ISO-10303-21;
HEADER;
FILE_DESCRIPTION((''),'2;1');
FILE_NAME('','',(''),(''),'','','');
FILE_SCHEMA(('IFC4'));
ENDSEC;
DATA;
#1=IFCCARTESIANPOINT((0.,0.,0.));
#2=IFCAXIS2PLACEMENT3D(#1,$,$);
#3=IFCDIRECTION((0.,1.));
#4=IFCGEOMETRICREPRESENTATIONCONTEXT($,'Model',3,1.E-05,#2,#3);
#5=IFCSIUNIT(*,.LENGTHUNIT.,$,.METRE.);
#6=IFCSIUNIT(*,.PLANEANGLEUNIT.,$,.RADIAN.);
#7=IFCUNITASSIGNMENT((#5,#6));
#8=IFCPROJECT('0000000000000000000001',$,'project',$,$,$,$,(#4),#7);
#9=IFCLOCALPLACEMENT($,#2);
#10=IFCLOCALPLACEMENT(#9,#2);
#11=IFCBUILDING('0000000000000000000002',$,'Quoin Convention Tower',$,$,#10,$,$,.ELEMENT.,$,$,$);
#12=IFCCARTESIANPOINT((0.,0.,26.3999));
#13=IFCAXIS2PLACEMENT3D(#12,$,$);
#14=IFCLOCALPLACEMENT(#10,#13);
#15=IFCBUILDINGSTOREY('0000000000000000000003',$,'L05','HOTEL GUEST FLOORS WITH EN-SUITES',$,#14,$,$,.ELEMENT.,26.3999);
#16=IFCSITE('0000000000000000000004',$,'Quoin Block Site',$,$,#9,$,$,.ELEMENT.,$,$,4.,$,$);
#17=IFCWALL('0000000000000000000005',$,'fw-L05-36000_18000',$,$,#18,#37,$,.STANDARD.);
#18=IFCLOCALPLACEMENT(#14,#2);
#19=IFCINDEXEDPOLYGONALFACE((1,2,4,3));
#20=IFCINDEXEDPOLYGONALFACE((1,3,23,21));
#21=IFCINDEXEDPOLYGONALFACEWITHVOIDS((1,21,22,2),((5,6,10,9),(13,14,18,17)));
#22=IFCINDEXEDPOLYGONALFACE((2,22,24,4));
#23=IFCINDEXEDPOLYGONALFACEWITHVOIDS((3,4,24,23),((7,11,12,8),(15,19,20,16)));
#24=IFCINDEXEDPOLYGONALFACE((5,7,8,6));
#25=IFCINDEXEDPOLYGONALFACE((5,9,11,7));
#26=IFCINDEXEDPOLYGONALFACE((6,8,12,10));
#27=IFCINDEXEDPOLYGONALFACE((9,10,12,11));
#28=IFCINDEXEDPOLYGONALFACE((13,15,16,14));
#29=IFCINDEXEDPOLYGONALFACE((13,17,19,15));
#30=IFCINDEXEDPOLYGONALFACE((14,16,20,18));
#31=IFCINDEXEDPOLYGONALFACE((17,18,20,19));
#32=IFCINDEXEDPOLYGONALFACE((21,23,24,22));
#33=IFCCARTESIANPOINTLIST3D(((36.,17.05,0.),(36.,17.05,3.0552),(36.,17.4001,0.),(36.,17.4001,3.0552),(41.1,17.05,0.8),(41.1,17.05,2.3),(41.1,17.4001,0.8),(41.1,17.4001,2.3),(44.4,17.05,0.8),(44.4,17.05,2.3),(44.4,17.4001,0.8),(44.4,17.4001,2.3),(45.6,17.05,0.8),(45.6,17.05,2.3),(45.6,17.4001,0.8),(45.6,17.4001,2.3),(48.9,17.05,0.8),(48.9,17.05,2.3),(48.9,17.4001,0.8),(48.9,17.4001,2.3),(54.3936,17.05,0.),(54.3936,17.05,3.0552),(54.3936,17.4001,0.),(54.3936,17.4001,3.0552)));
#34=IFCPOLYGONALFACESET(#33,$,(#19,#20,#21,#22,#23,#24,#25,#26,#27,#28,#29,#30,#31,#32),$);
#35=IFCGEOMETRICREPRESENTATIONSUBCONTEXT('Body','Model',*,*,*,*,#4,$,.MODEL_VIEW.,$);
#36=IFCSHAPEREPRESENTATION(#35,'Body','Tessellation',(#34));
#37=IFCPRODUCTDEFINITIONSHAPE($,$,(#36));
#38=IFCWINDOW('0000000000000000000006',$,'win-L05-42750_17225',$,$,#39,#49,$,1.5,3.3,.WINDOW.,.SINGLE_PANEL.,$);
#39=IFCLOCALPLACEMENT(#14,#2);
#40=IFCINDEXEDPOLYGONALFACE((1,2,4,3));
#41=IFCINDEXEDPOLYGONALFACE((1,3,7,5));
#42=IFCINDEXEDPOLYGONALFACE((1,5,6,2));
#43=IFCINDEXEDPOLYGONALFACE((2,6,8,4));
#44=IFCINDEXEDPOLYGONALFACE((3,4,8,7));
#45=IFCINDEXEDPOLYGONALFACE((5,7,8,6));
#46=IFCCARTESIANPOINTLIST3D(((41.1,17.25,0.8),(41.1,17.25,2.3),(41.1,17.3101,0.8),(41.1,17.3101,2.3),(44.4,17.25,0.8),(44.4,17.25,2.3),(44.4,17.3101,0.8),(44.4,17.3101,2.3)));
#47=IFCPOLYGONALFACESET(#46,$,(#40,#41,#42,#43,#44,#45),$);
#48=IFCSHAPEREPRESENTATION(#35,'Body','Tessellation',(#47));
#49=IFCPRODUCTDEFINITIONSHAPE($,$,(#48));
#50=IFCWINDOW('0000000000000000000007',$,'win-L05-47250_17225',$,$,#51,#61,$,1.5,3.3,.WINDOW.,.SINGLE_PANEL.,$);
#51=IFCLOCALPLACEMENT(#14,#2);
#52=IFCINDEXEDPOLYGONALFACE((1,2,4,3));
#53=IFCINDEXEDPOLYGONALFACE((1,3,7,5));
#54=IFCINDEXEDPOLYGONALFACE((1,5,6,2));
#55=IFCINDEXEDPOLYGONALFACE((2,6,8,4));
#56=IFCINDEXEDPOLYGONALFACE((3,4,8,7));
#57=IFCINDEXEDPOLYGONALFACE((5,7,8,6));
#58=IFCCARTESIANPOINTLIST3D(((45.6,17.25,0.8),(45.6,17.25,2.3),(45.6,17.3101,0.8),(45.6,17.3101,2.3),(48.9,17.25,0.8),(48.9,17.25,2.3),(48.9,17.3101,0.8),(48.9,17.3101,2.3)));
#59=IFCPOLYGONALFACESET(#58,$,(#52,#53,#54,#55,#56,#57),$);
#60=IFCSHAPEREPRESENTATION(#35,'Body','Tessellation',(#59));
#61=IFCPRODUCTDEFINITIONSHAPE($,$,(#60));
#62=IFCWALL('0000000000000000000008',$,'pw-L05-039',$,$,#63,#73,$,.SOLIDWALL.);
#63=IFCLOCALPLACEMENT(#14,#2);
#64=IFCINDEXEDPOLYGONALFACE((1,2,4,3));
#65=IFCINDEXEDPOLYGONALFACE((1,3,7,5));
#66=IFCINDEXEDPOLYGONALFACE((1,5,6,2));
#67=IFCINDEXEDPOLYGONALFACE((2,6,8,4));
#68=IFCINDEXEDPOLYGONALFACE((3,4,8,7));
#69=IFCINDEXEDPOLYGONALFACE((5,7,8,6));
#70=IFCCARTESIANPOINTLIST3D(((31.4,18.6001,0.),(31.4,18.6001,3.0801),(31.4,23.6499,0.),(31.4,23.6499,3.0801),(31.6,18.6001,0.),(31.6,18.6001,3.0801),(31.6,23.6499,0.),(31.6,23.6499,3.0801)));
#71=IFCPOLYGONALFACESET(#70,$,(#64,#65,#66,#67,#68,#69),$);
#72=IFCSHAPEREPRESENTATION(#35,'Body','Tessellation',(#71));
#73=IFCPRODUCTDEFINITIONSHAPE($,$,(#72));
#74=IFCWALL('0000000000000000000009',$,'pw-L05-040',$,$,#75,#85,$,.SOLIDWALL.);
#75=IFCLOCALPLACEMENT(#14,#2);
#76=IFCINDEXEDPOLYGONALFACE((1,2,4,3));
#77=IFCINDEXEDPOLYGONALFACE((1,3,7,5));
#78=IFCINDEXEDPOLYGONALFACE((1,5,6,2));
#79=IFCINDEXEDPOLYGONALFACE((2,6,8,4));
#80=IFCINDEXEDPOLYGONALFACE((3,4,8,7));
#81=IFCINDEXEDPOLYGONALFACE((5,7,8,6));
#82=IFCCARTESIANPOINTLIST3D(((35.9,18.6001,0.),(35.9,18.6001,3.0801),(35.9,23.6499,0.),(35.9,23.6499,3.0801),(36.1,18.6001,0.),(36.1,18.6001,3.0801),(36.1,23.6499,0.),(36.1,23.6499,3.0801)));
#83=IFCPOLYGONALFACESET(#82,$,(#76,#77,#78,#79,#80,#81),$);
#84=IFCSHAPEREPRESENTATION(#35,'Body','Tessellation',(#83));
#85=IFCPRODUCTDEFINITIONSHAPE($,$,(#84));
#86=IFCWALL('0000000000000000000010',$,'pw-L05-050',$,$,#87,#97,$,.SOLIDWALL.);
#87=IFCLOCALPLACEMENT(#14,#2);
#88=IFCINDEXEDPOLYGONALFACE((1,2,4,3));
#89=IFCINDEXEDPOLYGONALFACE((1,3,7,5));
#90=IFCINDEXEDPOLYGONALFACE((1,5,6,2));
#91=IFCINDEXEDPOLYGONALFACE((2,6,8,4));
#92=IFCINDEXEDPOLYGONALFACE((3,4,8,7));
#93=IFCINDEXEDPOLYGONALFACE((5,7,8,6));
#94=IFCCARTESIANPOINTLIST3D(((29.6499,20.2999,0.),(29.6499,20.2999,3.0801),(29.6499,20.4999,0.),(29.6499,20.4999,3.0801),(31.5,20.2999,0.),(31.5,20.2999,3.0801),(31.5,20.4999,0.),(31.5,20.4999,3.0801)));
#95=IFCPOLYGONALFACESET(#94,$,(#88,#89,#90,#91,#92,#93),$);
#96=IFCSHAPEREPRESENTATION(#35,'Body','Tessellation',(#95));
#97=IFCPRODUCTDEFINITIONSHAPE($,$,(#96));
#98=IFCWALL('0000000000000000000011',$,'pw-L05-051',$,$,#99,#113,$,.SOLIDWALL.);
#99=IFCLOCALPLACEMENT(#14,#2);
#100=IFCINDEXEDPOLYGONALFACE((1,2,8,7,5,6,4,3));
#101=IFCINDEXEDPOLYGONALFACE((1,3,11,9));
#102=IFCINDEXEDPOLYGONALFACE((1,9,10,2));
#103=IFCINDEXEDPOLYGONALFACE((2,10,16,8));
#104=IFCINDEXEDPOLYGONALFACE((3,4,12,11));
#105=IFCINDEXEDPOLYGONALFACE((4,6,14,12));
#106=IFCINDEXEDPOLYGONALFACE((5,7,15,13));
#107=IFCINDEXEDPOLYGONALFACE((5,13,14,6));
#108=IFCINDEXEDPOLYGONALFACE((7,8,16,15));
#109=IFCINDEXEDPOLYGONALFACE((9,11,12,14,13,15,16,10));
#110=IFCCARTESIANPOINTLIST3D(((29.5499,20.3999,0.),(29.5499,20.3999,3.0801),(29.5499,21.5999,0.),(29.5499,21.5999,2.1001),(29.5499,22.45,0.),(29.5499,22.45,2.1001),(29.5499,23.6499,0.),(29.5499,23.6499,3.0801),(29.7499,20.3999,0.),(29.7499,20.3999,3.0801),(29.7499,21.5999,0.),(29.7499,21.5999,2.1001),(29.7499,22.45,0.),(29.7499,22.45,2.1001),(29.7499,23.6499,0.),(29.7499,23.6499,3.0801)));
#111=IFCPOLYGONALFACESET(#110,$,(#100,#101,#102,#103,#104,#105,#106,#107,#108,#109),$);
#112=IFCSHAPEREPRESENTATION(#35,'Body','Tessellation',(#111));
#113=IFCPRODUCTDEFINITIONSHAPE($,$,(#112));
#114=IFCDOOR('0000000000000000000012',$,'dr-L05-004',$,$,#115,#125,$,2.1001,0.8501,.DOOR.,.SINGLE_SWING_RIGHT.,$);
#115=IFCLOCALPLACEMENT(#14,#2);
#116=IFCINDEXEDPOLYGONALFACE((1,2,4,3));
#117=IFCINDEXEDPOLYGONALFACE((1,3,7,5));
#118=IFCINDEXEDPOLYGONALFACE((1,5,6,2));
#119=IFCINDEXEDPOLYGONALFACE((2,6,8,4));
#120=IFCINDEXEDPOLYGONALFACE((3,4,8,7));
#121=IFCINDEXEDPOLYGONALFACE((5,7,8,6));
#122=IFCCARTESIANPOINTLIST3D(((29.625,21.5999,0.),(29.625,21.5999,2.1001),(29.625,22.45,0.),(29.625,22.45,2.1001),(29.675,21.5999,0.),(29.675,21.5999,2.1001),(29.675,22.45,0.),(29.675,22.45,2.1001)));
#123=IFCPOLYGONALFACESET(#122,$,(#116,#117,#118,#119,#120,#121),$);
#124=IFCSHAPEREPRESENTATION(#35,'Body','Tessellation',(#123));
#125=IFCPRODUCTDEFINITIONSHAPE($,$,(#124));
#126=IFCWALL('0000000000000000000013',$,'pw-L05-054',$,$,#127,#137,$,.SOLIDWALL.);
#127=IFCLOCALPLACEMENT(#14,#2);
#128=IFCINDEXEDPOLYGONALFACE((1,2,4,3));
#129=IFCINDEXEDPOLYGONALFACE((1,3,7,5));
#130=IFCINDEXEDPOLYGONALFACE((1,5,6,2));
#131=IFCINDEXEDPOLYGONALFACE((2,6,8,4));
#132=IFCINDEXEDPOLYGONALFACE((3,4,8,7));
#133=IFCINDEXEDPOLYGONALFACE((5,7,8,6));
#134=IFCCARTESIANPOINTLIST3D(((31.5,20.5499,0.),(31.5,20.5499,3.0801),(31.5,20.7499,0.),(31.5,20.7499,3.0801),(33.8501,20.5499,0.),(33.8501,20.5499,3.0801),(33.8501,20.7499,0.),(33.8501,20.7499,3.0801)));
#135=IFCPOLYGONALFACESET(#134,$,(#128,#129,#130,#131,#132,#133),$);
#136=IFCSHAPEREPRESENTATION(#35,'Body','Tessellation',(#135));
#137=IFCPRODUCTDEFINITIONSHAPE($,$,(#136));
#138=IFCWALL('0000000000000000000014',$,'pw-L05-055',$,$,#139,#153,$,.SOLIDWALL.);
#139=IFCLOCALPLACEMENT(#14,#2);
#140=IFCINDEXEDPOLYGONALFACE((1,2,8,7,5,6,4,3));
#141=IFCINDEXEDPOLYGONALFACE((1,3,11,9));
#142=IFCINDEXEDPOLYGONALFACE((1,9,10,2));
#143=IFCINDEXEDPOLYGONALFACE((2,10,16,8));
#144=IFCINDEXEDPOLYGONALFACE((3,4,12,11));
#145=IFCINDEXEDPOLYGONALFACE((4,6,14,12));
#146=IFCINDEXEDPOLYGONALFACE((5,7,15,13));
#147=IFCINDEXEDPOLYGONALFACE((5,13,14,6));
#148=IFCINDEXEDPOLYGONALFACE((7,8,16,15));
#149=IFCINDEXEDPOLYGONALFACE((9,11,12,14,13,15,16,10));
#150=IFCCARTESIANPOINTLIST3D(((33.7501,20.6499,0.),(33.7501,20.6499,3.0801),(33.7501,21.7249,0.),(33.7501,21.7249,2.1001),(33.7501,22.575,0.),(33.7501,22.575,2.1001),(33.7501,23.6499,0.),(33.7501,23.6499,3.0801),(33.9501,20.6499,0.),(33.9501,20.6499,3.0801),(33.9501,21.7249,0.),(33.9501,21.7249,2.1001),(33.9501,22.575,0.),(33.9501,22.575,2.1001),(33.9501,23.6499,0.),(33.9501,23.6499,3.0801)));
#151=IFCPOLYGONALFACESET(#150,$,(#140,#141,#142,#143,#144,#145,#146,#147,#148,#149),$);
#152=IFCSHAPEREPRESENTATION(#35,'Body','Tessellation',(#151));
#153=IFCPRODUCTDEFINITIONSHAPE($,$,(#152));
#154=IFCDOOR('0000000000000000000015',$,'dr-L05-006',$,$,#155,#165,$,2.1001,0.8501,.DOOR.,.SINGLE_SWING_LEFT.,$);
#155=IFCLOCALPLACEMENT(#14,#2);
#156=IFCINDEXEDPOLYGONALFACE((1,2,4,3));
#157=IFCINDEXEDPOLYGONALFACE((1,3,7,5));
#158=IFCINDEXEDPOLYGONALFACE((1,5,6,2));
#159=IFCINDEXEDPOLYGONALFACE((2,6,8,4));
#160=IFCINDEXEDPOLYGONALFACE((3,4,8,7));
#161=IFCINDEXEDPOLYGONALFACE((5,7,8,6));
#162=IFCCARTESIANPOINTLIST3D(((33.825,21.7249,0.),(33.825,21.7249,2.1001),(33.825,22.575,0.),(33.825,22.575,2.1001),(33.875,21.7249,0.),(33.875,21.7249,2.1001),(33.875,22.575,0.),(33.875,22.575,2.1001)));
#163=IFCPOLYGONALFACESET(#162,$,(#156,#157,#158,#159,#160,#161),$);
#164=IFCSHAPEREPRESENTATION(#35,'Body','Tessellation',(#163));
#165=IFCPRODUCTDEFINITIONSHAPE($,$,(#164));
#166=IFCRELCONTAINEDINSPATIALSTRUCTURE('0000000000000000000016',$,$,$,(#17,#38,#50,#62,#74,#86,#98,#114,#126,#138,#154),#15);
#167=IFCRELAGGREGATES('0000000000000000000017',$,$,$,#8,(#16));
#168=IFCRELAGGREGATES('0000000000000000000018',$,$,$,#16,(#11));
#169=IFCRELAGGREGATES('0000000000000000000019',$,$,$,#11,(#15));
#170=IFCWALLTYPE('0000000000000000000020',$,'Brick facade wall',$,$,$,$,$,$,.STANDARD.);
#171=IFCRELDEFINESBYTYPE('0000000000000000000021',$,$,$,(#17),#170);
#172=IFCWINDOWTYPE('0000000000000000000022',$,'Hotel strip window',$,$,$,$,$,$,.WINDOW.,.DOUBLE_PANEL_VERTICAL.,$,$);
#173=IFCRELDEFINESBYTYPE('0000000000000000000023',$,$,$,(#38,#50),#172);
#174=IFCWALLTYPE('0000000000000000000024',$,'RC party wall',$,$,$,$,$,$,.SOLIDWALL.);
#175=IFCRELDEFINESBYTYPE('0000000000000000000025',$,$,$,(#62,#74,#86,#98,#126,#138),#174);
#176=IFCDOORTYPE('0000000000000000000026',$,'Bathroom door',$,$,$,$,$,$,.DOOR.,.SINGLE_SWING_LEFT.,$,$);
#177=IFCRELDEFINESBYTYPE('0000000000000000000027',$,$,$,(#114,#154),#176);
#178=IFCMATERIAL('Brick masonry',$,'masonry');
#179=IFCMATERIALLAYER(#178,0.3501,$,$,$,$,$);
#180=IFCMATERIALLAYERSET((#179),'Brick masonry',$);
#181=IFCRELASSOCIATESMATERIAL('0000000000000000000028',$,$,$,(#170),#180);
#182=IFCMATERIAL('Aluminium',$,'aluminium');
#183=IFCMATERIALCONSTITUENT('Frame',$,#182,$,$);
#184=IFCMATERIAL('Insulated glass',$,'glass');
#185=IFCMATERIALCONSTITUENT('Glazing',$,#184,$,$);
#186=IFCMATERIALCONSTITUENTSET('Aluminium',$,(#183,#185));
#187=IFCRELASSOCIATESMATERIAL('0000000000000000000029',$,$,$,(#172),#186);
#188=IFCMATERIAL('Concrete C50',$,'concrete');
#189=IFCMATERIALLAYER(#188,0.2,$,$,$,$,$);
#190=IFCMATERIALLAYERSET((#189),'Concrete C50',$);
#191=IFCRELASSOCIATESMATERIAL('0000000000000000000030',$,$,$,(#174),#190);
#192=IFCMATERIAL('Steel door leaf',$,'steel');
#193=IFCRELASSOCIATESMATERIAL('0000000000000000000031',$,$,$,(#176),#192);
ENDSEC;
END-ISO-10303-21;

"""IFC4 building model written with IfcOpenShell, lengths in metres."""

from ifc_helpers import new_model, si_unit, direction, frame, frame_2d, origin, place, context, subcontext, project, spatial, rectangle, extrude, material, layer, layer_set, constituent, constituent_set, type_object, element, fill, save


model = new_model("IFC4")

# Units and contexts
model_context = context("Model", 3, precision=1e-05, world=origin(), true_north=direction((0.0, 1.0)))
body_context = subcontext(model_context, "Body", "Model", "MODEL_VIEW")
ifc_project = project(units=[si_unit("LENGTHUNIT", "METRE"), si_unit("PLANEANGLEUNIT", "RADIAN")], contexts=[model_context])

# Site, building, storey
site_placement = place(None, origin())
site = spatial("IfcSite", under=ifc_project, at=site_placement, Name="Quoin Block Site", CompositionType="ELEMENT", RefElevation=4.0)
building_placement = place(site_placement, origin())
building = spatial("IfcBuilding", under=site, at=building_placement, Name="Quoin Convention Tower", CompositionType="ELEMENT")
storey_placement = place(building_placement, frame((0.0, 0.0, 26.3999)))
storey = spatial("IfcBuildingStorey", under=building, at=storey_placement, Name="L05", Description="HOTEL GUEST FLOORS WITH EN-SUITES", CompositionType="ELEMENT", Elevation=26.3999)

# Wall, openings, windows
ifc_material_1 = material(Name="Brick masonry", Category="masonry")
ifc_layer_1 = layer(ifc_material_1, 0.3501)
ifc_layer_set_1 = layer_set([ifc_layer_1], Name="Brick masonry")
wall_type_1 = type_object("IfcWallType", Name="Brick facade wall", PredefinedType="STANDARD", material=ifc_layer_set_1)
wall_1_placement = place(storey_placement, frame((36.0, 17.2251, 0.0), z_axis=(0.0, 0.0, 1.0), x_axis=(1.0, 0.0, 0.0)))
wall_1 = element("IfcWall", 1, at=wall_1_placement, inside=storey, type_object=wall_type_1, Name="fw-L05-36000_18000", PredefinedType="STANDARD", context=body_context, shape_type="SweptSolid", body=[
    extrude(rectangle(XDim=18.3936, YDim=0.3501, at=frame_2d((9.1968, 0.0))), origin(), (0.0, 0.0, 1.0), 3.0552),
])
opening_1_placement = place(wall_1_placement, frame((5.1001, 0.0, 0.8)))
opening_1 = element("IfcOpeningElement", 2, at=opening_1_placement, cuts=wall_1, PredefinedType="OPENING", context=body_context, shape_type="SweptSolid", body=[
    extrude(rectangle(XDim=3.3, YDim=1.5, at=frame_2d((1.6499, 0.75))), frame((0.0, 0.1851, 0.0), z_axis=(0.0, -1.0, 0.0), x_axis=(1.0, 0.0, 0.0)), (0.0, 0.0, 1.0), 0.3701),
])
opening_2_placement = place(wall_1_placement, frame((9.6001, 0.0, 0.8)))
opening_2 = element("IfcOpeningElement", 3, at=opening_2_placement, cuts=wall_1, PredefinedType="OPENING", context=body_context, shape_type="SweptSolid", body=[
    extrude(rectangle(XDim=3.3, YDim=1.5, at=frame_2d((1.6499, 0.75))), frame((0.0, 0.1851, 0.0), z_axis=(0.0, -1.0, 0.0), x_axis=(1.0, 0.0, 0.0)), (0.0, 0.0, 1.0), 0.3701),
])
ifc_material_2 = material(Name="Aluminium", Category="aluminium")
ifc_constituent_1 = constituent(ifc_material_2, Name="Frame")
ifc_material_3 = material(Name="Insulated glass", Category="glass")
ifc_constituent_2 = constituent(ifc_material_3, Name="Glazing")
ifc_constituent_set = constituent_set(constituents=[ifc_constituent_1, ifc_constituent_2], Name="Aluminium")
window_type = type_object("IfcWindowType", Name="Hotel strip window", PartitioningType="DOUBLE_PANEL_VERTICAL", PredefinedType="WINDOW", material=ifc_constituent_set)
window_1_placement = place(opening_1_placement, origin())
window_1 = element("IfcWindow", 4, at=window_1_placement, inside=storey, type_object=window_type, Name="win-L05-42750_17225", OverallHeight=1.5, OverallWidth=3.3, PartitioningType="SINGLE_PANEL", PredefinedType="WINDOW", context=body_context, shape_type="SweptSolid", body=[
    extrude(rectangle(XDim=3.3, YDim=1.5, at=frame_2d((1.6499, 0.75))), frame((0.0, 0.085, 0.0), z_axis=(0.0, -1.0, 0.0), x_axis=(1.0, 0.0, 0.0)), (0.0, 0.0, 1.0), 0.0601),
])
fill(opening_1, window_1)
window_2_placement = place(opening_2_placement, origin())
window_2 = element("IfcWindow", 5, at=window_2_placement, inside=storey, type_object=window_type, Name="win-L05-47250_17225", OverallHeight=1.5, OverallWidth=3.3, PartitioningType="SINGLE_PANEL", PredefinedType="WINDOW", context=body_context, shape_type="SweptSolid", body=[
    extrude(rectangle(XDim=3.3, YDim=1.5, at=frame_2d((1.6499, 0.75))), frame((0.0, 0.085, 0.0), z_axis=(0.0, -1.0, 0.0), x_axis=(1.0, 0.0, 0.0)), (0.0, 0.0, 1.0), 0.0601),
])
fill(opening_2, window_2)

# Walls
ifc_material_4 = material(Name="Concrete C50", Category="concrete")
ifc_layer_2 = layer(ifc_material_4, 0.2)
ifc_layer_set_2 = layer_set([ifc_layer_2], Name="Concrete C50")
wall_type_2 = type_object("IfcWallType", Name="RC party wall", PredefinedType="SOLIDWALL", material=ifc_layer_set_2)
for number, where, z_axis, x_axis, name in (
    (6, (31.5, 18.6001, 0.0), (0.0, 0.0, 1.0), (0.0, 1.0, 0.0), "pw-L05-039"),
    (7, (36.0, 18.6001, 0.0), (0.0, 0.0, 1.0), (0.0, 1.0, 0.0), "pw-L05-040"),
):
    element("IfcWall", number, at=place(storey_placement, frame(where, z_axis=z_axis, x_axis=x_axis)), inside=storey, type_object=wall_type_2, Name=name, PredefinedType="SOLIDWALL", context=body_context, shape_type="SweptSolid", body=[
        extrude(rectangle(XDim=5.0498, YDim=0.2, at=frame_2d((2.5249, 0.0))), origin(), (0.0, 0.0, 1.0), 3.0801),
    ])
wall_2_placement = place(storey_placement, frame((29.6499, 20.3999, 0.0), z_axis=(0.0, 0.0, 1.0), x_axis=(1.0, 0.0, 0.0)))
element("IfcWall", 8, at=wall_2_placement, inside=storey, type_object=wall_type_2, Name="pw-L05-050", PredefinedType="SOLIDWALL", context=body_context, shape_type="SweptSolid", body=[
    extrude(rectangle(XDim=1.8501, YDim=0.2, at=frame_2d((0.925, 0.0))), origin(), (0.0, 0.0, 1.0), 3.0801),
])

# Wall, opening, door
wall_3_placement = place(storey_placement, frame((29.6499, 20.3999, 0.0), z_axis=(0.0, 0.0, 1.0), x_axis=(0.0, 1.0, 0.0)))
wall_3 = element("IfcWall", 9, at=wall_3_placement, inside=storey, type_object=wall_type_2, Name="pw-L05-051", PredefinedType="SOLIDWALL", context=body_context, shape_type="SweptSolid", body=[
    extrude(rectangle(XDim=3.25, YDim=0.2, at=frame_2d((1.625, 0.0))), origin(), (0.0, 0.0, 1.0), 3.0801),
])
opening_3_placement = place(wall_3_placement, frame((1.2, 0.0, 0.0)))
opening_3 = element("IfcOpeningElement", 10, at=opening_3_placement, cuts=wall_3, PredefinedType="OPENING", context=body_context, shape_type="SweptSolid", body=[
    extrude(rectangle(XDim=0.8501, YDim=2.1001, at=frame_2d((0.425, 1.05))), frame((0.0, 0.1099, 0.0), z_axis=(0.0, -1.0, 0.0), x_axis=(1.0, 0.0, 0.0)), (0.0, 0.0, 1.0), 0.22),
])
ifc_material_5 = material(Name="Steel door leaf", Category="steel")
door_type = type_object("IfcDoorType", Name="Bathroom door", OperationType="SINGLE_SWING_LEFT", PredefinedType="DOOR", material=ifc_material_5)
door_1_placement = place(opening_3_placement, origin())
door_1 = element("IfcDoor", 11, at=door_1_placement, inside=storey, type_object=door_type, Name="dr-L05-004", OperationType="SINGLE_SWING_RIGHT", OverallHeight=2.1001, OverallWidth=0.8501, PredefinedType="DOOR", context=body_context, shape_type="SweptSolid", body=[
    extrude(rectangle(XDim=0.8501, YDim=2.1001, at=frame_2d((0.425, 1.05))), frame((0.0, 0.0249, 0.0), z_axis=(0.0, -1.0, 0.0), x_axis=(1.0, 0.0, 0.0)), (0.0, 0.0, 1.0), 0.05),
])
fill(opening_3, door_1)

# Wall
wall_4_placement = place(storey_placement, frame((31.5, 20.6499, 0.0), z_axis=(0.0, 0.0, 1.0), x_axis=(1.0, 0.0, 0.0)))
element("IfcWall", 12, at=wall_4_placement, inside=storey, type_object=wall_type_2, Name="pw-L05-054", PredefinedType="SOLIDWALL", context=body_context, shape_type="SweptSolid", body=[
    extrude(rectangle(XDim=2.3501, YDim=0.2, at=frame_2d((1.175, 0.0))), origin(), (0.0, 0.0, 1.0), 3.0801),
])

# Wall, opening, door
wall_5_placement = place(storey_placement, frame((33.8501, 20.6499, 0.0), z_axis=(0.0, 0.0, 1.0), x_axis=(0.0, 1.0, 0.0)))
wall_5 = element("IfcWall", 13, at=wall_5_placement, inside=storey, type_object=wall_type_2, Name="pw-L05-055", PredefinedType="SOLIDWALL", context=body_context, shape_type="SweptSolid", body=[
    extrude(rectangle(XDim=3.0, YDim=0.2, at=frame_2d((1.5, 0.0))), origin(), (0.0, 0.0, 1.0), 3.0801),
])
opening_4_placement = place(wall_5_placement, frame((1.075, 0.0, 0.0)))
opening_4 = element("IfcOpeningElement", 14, at=opening_4_placement, cuts=wall_5, PredefinedType="OPENING", context=body_context, shape_type="SweptSolid", body=[
    extrude(rectangle(XDim=0.8501, YDim=2.1001, at=frame_2d((0.425, 1.05))), frame((0.0, 0.1099, 0.0), z_axis=(0.0, -1.0, 0.0), x_axis=(1.0, 0.0, 0.0)), (0.0, 0.0, 1.0), 0.22),
])
door_2_placement = place(opening_4_placement, frame((0.8501, 0.0, 0.0), z_axis=(0.0, 0.0, 1.0), x_axis=(-1.0, 0.0, 0.0)))
door_2 = element("IfcDoor", 15, at=door_2_placement, inside=storey, type_object=door_type, Name="dr-L05-006", OperationType="SINGLE_SWING_LEFT", OverallHeight=2.1001, OverallWidth=0.8501, PredefinedType="DOOR", context=body_context, shape_type="SweptSolid", body=[
    extrude(rectangle(XDim=0.8501, YDim=2.1001, at=frame_2d((0.425, 1.05))), frame((0.0, 0.0249, 0.0), z_axis=(0.0, -1.0, 0.0), x_axis=(1.0, 0.0, 0.0)), (0.0, 0.0, 1.0), 0.05),
])
fill(opening_4, door_2)

save(model, "model.ifc")
